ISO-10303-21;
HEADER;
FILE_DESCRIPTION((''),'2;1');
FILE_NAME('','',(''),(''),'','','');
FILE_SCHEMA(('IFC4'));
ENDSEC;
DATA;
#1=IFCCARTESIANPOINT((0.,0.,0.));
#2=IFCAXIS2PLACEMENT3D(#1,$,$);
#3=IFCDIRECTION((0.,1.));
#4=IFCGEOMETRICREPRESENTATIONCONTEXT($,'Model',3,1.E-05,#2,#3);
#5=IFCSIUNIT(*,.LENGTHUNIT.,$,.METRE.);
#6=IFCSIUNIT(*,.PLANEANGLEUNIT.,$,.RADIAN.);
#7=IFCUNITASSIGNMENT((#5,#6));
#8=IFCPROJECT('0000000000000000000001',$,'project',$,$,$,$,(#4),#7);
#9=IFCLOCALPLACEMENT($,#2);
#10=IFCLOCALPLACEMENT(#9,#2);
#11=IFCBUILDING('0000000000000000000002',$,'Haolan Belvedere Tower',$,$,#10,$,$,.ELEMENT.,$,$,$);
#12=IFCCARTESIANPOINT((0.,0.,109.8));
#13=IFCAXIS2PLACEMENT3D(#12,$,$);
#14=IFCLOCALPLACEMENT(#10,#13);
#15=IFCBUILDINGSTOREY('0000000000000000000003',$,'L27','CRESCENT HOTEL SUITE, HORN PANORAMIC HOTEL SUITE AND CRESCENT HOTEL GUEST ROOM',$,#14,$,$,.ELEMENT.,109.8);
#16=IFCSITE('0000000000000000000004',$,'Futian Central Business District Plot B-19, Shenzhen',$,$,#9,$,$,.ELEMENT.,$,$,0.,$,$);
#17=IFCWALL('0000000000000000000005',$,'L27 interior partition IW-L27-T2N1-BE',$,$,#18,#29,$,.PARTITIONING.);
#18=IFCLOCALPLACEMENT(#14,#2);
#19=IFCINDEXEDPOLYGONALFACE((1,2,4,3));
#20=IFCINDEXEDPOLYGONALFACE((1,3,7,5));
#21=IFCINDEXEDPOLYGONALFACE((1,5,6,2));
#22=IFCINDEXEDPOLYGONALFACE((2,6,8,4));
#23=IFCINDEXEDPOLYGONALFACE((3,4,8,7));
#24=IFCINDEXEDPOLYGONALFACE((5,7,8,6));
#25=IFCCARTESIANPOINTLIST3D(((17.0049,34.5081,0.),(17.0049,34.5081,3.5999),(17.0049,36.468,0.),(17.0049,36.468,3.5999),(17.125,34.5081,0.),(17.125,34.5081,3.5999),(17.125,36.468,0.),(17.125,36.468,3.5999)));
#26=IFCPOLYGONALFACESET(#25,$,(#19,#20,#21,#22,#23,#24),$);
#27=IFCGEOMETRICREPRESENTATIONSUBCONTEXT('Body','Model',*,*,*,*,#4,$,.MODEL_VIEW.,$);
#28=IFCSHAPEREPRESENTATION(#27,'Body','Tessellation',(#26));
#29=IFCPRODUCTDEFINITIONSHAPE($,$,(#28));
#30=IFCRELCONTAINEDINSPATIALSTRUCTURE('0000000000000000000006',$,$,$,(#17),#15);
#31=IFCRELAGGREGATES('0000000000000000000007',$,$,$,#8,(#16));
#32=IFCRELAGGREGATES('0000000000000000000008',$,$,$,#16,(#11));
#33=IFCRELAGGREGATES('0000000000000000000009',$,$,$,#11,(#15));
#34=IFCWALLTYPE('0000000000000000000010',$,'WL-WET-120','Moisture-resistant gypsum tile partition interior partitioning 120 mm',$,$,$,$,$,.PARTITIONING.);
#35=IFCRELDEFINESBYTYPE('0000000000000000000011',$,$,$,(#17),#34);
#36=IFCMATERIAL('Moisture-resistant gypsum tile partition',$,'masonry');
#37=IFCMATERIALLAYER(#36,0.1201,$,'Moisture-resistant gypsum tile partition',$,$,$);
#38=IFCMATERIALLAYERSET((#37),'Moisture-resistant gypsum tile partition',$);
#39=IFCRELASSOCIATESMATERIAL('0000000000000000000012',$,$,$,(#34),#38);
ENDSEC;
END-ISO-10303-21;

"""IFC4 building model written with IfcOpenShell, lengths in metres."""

from ifc_helpers import new_model, si_unit, direction, frame, frame_2d, origin, place, context, subcontext, project, spatial, rectangle, extrude, material, layer, layer_set, type_object, element, save


model = new_model("IFC4")

# Units and contexts
model_context = context("Model", 3, precision=1e-05, world=origin(), true_north=direction((0.0, 1.0)))
body_context = subcontext(model_context, "Body", "Model", "MODEL_VIEW")
ifc_project = project(units=[si_unit("LENGTHUNIT", "METRE"), si_unit("PLANEANGLEUNIT", "RADIAN")], contexts=[model_context])

# Site, building, storey
site_placement = place(None, origin())
site = spatial("IfcSite", under=ifc_project, at=site_placement, Name="Futian Central Business District Plot B-19, Shenzhen", CompositionType="ELEMENT", RefElevation=0.0)
building_placement = place(site_placement, origin())
building = spatial("IfcBuilding", under=site, at=building_placement, Name="Haolan Belvedere Tower", CompositionType="ELEMENT")
storey_placement = place(building_placement, frame((0.0, 0.0, 109.8)))
storey = spatial("IfcBuildingStorey", under=building, at=storey_placement, Name="L27", Description="CRESCENT HOTEL SUITE, HORN PANORAMIC HOTEL SUITE AND CRESCENT HOTEL GUEST ROOM", CompositionType="ELEMENT", Elevation=109.8)

# Shared definitions
ifc_material_1 = material(Name="Moisture-resistant gypsum tile partition", Category="masonry")
ifc_layer_1 = layer(ifc_material_1, 0.1201, Name="Moisture-resistant gypsum tile partition")
ifc_layer_set_1 = layer_set([ifc_layer_1], Name="Moisture-resistant gypsum tile partition")
wall_type_1 = type_object("IfcWallType", Name="WL-WET-120", Description="Moisture-resistant gypsum tile partition interior partitioning 120 mm", PredefinedType="PARTITIONING", material=ifc_layer_set_1)

# Wall
for number, where, z_axis, x_axis, name in (
    (1, (17.0649, 34.5081, 0.0), (0.0, 0.0, 1.0), (0.0, 1.0, 0.0), "L27 interior partition IW-L27-T2N1-BE"),
):
    element("IfcWall", number, at=place(storey_placement, frame(where, z_axis=z_axis, x_axis=x_axis)), inside=storey, type_object=wall_type_1, Name=name, PredefinedType="PARTITIONING", context=body_context, shape_type="SweptSolid", body=[
        extrude(rectangle(XDim=1.96, YDim=0.1201, at=frame_2d((0.98, 0.0))), origin(), (0.0, 0.0, 1.0), 3.5999),
    ])

save(model, "model.ifc")
